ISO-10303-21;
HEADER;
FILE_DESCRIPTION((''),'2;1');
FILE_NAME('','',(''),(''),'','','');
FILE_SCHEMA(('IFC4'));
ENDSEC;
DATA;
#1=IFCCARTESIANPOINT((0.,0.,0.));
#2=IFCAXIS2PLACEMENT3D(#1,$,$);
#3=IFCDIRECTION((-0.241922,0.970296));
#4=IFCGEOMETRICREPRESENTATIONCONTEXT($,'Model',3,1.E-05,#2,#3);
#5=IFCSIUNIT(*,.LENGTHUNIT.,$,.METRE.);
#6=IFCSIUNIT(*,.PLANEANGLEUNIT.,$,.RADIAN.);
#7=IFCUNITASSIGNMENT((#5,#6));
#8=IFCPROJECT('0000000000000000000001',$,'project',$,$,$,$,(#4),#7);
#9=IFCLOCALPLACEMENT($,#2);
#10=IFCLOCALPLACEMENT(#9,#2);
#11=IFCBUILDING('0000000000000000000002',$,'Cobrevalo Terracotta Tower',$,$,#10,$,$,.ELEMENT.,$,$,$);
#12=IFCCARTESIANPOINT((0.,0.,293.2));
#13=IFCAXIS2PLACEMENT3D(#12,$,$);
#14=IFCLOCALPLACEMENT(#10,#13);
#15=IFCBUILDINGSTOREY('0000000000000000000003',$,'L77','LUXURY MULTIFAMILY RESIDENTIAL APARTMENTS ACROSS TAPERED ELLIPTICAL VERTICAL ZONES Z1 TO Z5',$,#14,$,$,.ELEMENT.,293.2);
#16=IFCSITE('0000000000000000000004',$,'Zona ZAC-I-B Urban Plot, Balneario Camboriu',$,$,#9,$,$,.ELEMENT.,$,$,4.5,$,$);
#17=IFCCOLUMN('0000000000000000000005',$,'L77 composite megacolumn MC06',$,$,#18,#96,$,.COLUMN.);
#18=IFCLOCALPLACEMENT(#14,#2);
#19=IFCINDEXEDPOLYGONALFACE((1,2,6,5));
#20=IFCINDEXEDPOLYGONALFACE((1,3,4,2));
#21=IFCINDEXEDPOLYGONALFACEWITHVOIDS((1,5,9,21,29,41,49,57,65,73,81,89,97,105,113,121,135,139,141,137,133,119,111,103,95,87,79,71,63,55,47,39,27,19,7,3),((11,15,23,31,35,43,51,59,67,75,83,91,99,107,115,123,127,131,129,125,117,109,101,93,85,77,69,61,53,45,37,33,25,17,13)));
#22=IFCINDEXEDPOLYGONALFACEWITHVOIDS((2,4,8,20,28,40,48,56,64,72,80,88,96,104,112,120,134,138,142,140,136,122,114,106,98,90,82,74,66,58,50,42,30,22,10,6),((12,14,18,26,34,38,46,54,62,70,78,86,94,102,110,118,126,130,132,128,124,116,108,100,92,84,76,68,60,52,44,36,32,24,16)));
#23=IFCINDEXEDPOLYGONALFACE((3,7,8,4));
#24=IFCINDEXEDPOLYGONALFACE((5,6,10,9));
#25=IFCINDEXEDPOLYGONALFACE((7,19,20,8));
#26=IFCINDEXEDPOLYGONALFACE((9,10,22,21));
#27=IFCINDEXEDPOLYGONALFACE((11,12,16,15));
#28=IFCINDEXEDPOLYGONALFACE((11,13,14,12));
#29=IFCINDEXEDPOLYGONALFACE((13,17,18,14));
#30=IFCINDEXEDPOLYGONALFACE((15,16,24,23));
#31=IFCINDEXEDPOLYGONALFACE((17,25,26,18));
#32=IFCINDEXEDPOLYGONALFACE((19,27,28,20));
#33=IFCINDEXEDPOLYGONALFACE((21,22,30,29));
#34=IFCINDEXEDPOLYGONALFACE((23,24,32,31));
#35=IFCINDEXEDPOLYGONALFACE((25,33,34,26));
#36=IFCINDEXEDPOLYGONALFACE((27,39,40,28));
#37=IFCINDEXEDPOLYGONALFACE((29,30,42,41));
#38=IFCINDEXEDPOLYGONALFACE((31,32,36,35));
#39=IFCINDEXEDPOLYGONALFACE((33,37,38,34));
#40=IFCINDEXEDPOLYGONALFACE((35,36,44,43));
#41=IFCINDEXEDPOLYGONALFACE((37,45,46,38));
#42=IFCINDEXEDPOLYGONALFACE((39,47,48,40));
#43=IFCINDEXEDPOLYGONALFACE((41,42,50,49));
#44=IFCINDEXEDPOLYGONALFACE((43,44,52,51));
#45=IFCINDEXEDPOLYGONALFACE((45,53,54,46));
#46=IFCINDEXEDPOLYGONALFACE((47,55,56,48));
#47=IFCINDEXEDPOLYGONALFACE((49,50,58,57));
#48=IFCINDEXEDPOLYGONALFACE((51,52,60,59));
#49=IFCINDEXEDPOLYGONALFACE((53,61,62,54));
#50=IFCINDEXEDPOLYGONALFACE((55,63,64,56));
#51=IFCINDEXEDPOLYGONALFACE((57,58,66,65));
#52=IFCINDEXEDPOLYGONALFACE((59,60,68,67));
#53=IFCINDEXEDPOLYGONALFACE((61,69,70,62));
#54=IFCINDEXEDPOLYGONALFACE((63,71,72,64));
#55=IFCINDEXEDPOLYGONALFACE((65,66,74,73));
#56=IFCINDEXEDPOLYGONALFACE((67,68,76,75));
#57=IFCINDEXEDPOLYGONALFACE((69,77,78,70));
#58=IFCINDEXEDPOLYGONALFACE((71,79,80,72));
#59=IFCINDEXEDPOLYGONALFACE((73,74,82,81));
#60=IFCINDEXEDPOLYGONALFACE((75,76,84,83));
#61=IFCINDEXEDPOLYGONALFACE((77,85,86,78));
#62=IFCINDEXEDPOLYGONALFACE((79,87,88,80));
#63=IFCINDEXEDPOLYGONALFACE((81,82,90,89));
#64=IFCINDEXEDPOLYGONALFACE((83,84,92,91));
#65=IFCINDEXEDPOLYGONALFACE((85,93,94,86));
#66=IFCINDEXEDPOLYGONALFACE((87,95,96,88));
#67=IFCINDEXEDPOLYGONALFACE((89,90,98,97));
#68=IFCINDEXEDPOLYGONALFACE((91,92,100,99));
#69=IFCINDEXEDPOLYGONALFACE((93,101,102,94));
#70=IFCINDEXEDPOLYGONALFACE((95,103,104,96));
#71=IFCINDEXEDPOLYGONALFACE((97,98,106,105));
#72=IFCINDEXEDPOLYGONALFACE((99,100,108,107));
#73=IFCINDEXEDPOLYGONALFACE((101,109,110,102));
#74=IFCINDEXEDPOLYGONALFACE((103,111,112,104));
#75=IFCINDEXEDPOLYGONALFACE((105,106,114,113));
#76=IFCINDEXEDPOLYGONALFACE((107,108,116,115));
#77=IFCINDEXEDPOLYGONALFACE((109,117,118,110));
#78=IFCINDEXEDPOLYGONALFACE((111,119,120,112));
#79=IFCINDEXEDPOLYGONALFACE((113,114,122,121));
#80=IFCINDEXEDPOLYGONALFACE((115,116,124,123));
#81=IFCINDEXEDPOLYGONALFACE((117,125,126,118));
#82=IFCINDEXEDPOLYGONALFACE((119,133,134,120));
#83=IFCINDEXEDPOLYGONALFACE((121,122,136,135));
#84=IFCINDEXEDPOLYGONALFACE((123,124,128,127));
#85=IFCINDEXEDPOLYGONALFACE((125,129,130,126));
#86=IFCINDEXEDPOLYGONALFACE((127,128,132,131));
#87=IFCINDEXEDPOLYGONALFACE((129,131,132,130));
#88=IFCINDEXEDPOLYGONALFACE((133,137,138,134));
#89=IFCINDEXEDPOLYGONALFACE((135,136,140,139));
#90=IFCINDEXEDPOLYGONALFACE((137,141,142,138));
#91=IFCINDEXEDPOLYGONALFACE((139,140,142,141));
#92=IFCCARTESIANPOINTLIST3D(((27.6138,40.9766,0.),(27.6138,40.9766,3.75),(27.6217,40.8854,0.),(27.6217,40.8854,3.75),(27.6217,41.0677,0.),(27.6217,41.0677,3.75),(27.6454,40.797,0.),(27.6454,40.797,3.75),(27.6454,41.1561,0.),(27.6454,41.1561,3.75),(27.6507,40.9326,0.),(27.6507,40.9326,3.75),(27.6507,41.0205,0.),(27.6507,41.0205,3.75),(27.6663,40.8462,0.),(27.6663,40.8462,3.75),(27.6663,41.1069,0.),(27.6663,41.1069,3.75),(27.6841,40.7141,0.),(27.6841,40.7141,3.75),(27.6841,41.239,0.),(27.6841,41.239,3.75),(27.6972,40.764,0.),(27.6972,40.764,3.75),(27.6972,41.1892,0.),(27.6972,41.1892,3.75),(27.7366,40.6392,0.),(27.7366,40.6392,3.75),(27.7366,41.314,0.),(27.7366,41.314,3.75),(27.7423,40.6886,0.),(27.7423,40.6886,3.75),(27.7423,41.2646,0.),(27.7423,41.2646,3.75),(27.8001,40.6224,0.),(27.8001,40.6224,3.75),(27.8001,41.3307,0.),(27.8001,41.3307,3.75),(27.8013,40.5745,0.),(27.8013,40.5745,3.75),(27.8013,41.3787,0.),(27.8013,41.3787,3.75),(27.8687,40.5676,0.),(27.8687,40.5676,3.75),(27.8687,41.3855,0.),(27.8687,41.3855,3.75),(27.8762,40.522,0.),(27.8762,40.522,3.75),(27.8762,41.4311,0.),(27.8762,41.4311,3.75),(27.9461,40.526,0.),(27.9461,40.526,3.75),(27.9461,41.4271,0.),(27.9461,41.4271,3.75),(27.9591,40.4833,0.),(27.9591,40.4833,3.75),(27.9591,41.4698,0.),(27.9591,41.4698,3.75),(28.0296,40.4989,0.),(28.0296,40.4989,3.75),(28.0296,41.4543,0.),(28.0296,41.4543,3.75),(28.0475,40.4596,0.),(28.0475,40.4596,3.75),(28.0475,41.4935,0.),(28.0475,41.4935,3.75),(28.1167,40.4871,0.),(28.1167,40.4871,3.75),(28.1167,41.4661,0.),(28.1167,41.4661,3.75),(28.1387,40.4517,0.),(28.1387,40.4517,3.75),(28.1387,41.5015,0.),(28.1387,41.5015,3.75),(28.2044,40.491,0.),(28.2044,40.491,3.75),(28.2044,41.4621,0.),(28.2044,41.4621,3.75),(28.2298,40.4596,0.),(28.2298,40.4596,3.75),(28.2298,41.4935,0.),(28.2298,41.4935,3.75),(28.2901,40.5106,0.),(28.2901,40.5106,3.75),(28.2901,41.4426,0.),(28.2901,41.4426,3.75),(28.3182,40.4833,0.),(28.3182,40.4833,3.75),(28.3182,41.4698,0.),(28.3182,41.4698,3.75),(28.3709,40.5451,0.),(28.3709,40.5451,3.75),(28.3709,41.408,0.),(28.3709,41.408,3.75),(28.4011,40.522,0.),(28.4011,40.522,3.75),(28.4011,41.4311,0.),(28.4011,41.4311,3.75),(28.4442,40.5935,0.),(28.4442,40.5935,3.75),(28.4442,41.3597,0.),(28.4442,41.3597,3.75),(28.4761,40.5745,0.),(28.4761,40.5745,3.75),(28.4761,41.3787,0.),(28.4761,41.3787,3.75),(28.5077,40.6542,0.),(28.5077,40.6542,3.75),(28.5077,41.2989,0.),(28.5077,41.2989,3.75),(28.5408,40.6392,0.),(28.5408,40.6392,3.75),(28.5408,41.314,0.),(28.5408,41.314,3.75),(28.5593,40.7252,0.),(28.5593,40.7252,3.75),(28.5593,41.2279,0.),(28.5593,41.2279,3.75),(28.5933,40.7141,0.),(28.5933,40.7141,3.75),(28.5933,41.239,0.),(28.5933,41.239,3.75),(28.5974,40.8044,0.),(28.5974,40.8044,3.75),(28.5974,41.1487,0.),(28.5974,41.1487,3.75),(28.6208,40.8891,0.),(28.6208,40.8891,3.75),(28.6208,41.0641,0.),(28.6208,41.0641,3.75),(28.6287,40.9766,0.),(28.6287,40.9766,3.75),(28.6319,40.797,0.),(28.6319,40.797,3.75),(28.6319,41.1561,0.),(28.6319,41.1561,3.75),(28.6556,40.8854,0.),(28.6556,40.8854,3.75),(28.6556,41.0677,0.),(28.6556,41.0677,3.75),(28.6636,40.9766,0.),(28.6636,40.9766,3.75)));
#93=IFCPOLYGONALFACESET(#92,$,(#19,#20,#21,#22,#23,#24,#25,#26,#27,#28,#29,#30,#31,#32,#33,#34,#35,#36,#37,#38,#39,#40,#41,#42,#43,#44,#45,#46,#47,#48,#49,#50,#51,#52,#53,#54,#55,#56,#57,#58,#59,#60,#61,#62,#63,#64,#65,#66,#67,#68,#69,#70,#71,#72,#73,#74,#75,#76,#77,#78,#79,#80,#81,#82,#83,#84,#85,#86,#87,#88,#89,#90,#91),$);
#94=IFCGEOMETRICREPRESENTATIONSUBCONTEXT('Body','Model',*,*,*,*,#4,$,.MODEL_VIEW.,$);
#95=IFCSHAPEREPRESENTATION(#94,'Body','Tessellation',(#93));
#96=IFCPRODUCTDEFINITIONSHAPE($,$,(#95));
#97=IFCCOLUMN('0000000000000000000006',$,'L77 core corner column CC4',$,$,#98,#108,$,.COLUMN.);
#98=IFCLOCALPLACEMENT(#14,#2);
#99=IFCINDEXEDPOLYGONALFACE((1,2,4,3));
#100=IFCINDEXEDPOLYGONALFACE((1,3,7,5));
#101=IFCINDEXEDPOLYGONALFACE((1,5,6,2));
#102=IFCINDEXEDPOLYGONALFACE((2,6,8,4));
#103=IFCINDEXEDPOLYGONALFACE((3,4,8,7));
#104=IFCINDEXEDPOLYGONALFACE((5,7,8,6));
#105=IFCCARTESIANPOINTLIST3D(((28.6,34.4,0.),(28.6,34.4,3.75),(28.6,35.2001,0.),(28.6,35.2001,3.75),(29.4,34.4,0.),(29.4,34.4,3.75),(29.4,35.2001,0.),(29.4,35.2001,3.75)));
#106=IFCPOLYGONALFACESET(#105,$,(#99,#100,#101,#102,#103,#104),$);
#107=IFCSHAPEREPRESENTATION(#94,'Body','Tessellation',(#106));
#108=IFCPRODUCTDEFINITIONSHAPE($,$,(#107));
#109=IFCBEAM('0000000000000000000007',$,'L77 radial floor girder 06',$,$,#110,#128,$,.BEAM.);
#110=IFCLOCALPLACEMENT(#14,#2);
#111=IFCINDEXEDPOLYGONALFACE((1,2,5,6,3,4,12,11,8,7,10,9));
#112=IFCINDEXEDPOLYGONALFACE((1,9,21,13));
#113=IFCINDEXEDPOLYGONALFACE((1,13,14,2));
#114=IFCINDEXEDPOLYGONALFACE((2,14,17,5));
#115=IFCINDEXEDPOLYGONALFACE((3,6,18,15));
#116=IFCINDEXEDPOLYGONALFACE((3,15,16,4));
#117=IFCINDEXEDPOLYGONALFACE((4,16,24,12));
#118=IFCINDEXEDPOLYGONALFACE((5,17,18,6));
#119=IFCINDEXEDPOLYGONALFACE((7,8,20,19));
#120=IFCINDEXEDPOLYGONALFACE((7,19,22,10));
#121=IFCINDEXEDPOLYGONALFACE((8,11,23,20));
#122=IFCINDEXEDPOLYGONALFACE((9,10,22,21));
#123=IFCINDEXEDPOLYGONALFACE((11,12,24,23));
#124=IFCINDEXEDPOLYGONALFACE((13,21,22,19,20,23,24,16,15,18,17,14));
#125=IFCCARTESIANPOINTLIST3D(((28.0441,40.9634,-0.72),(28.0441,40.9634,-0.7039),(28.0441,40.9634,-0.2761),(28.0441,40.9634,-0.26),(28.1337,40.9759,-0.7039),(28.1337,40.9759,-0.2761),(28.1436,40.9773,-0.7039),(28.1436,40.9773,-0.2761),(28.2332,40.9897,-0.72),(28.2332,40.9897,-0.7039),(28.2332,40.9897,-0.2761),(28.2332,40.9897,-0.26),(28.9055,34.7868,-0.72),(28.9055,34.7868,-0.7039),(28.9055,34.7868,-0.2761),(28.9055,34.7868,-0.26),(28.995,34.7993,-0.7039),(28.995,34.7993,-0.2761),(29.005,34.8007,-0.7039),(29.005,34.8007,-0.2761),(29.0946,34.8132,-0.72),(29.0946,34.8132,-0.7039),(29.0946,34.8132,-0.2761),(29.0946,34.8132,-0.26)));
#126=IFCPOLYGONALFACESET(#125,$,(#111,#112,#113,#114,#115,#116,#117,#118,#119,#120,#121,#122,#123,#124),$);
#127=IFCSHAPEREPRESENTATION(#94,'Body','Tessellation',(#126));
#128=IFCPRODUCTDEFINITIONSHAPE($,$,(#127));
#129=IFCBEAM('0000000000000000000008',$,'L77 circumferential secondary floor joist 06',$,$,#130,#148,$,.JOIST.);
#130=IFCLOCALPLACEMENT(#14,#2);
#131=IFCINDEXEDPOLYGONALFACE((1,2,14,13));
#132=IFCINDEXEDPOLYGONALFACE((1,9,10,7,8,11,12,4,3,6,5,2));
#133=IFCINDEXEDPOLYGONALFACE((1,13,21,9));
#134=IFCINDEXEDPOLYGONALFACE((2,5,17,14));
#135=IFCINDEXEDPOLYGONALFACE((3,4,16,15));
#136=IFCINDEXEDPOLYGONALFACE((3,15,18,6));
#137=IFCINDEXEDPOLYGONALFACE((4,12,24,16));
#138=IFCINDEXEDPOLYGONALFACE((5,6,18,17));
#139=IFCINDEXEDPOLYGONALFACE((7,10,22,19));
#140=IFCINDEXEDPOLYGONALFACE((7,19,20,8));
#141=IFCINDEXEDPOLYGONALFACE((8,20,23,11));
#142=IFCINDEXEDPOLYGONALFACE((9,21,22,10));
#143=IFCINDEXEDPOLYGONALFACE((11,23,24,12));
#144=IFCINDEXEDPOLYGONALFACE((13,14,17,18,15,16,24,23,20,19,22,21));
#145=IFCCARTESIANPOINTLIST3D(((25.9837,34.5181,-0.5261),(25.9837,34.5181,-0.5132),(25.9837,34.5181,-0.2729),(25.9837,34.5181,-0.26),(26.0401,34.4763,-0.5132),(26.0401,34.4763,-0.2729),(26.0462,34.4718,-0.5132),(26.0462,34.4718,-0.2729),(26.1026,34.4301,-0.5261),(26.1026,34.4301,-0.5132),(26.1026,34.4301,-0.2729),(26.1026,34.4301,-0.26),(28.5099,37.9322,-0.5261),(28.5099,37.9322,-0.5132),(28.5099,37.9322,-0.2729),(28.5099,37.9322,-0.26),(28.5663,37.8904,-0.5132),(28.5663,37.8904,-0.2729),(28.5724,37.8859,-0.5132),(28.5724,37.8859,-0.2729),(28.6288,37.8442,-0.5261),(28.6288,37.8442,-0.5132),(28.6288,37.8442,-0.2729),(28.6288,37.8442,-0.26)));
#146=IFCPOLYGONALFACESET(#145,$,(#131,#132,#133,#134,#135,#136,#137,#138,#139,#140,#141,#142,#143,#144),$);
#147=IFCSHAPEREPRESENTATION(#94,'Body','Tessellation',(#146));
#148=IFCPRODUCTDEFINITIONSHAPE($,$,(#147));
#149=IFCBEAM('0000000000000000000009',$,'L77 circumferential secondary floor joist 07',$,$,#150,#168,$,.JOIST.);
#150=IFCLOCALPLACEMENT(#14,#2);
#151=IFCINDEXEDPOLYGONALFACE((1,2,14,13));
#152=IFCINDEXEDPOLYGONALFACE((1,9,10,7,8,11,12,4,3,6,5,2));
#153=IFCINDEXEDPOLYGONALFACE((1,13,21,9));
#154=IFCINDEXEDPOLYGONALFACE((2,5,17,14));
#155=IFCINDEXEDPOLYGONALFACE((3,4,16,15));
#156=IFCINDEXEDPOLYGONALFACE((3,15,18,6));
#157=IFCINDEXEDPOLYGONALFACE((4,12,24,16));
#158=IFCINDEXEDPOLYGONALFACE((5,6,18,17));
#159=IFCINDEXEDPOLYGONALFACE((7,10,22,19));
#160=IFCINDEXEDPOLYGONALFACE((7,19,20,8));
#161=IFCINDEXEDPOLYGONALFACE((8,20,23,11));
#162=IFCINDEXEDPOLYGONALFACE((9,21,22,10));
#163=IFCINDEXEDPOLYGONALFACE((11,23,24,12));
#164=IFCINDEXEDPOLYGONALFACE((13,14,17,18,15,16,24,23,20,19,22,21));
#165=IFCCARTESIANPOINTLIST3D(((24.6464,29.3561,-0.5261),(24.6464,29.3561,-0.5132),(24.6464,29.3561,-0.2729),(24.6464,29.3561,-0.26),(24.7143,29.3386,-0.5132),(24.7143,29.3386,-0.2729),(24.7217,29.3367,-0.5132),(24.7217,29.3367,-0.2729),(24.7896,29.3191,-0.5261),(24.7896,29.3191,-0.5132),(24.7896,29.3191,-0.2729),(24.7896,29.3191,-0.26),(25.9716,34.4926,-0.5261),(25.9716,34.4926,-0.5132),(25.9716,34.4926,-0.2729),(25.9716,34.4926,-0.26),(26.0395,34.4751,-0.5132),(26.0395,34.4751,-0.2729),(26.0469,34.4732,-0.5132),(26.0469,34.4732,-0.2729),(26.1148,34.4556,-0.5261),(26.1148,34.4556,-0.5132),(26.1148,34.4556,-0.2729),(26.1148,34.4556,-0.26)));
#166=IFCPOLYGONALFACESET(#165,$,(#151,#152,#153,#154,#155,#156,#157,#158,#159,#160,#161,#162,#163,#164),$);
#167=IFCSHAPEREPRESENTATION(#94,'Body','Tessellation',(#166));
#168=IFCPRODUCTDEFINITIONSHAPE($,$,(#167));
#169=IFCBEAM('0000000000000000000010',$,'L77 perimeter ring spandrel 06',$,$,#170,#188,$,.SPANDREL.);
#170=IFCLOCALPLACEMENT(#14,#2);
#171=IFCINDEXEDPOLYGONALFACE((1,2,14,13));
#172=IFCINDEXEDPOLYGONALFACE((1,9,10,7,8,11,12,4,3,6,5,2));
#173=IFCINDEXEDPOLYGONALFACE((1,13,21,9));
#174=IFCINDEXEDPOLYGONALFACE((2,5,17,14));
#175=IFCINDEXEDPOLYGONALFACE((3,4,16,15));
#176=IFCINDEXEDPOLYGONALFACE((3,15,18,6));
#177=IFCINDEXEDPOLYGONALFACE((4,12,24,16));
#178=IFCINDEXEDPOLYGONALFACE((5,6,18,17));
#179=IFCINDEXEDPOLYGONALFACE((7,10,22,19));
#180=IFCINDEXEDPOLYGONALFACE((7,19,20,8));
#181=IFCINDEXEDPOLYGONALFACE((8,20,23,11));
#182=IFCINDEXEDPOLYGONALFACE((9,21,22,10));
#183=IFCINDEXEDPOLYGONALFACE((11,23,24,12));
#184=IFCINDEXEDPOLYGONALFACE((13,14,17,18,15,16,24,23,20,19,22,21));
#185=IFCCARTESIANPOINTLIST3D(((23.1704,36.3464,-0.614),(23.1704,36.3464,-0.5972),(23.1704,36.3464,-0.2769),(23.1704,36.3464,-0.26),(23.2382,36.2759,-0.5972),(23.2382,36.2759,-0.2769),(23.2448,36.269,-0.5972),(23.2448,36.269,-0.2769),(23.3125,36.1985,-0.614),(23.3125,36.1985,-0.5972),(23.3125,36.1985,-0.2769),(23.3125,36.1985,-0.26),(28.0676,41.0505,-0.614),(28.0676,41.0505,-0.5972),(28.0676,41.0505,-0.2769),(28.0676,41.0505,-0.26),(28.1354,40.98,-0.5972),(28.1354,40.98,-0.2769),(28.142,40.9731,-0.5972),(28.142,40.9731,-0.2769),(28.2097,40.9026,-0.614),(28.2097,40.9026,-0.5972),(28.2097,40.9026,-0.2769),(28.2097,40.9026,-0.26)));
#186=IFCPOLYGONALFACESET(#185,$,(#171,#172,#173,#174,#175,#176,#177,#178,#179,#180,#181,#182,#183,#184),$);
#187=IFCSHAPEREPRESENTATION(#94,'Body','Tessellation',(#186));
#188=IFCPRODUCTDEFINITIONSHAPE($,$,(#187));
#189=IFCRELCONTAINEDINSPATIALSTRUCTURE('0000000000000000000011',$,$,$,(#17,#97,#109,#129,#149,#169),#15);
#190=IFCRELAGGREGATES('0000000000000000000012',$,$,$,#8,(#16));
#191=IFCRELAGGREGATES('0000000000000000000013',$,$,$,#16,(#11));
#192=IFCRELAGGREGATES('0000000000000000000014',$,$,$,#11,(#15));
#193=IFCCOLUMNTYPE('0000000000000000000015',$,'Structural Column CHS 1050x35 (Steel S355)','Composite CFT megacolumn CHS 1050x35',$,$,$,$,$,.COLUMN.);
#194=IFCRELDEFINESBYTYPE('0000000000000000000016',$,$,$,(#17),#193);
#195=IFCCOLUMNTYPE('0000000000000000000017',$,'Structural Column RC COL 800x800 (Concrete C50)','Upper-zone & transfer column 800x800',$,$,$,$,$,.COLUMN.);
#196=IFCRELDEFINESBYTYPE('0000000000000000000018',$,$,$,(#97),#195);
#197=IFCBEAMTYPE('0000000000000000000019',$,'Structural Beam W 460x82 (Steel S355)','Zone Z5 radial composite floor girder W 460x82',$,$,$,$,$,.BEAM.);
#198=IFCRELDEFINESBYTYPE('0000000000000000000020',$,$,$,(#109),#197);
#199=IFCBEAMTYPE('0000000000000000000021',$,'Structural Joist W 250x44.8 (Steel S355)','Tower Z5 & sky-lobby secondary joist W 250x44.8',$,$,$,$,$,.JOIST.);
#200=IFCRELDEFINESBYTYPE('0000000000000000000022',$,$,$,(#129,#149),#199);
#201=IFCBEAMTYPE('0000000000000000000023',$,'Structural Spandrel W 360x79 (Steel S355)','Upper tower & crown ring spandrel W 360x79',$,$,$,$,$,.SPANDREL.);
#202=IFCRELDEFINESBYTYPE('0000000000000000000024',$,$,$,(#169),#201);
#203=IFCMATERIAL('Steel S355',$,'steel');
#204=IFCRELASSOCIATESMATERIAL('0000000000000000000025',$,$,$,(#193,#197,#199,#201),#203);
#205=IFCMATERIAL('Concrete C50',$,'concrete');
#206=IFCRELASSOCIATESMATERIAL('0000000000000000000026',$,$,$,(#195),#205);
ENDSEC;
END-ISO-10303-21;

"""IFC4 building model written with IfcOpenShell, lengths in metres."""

from ifc_helpers import new_model, si_unit, direction, frame, origin, origin_2d, place, context, subcontext, project, spatial, rectangle, hollow_circle, i_section, extrude, material, material_profile, profile_set, type_object, element, save


model = new_model("IFC4")

# Units and contexts
model_context = context("Model", 3, precision=1e-05, world=origin(), true_north=direction((-0.241922, 0.970296)))
body_context = subcontext(model_context, "Body", "Model", "MODEL_VIEW")
ifc_project = project(units=[si_unit("LENGTHUNIT", "METRE"), si_unit("PLANEANGLEUNIT", "RADIAN")], contexts=[model_context])

# Site, building, storey
site_placement = place(None, origin())
site = spatial("IfcSite", under=ifc_project, at=site_placement, Name="Zona ZAC-I-B Urban Plot, Balneario Camboriu", CompositionType="ELEMENT", RefElevation=4.5)
building_placement = place(site_placement, origin())
building = spatial("IfcBuilding", under=site, at=building_placement, Name="Cobrevalo Terracotta Tower", CompositionType="ELEMENT")
storey_placement = place(building_placement, frame((0.0, 0.0, 293.2)))
storey = spatial("IfcBuildingStorey", under=building, at=storey_placement, Name="L77", Description="LUXURY MULTIFAMILY RESIDENTIAL APARTMENTS ACROSS TAPERED ELLIPTICAL VERTICAL ZONES Z1 TO Z5", CompositionType="ELEMENT", Elevation=293.2)

# Columns
ifc_material_1 = material(Name="Steel S355", Category="steel")
ifc_material_profile_1 = material_profile(ifc_material_1, hollow_circle(Radius=0.5249, WallThickness=0.0349, at=origin_2d()), Name="CHS 1050x35")
ifc_profile_set_1 = profile_set([ifc_material_profile_1], Name="Steel S355")
column_type_1 = type_object("IfcColumnType", Name="Structural Column CHS 1050x35 (Steel S355)", Description="Composite CFT megacolumn CHS 1050x35", PredefinedType="COLUMN", material=ifc_profile_set_1)
column_1_placement = place(storey_placement, frame((28.1387, 40.9766, 0.0), z_axis=(0.0, 0.0, 1.0), x_axis=(1.0, 0.0, 0.0)))
element("IfcColumn", 1, at=column_1_placement, inside=storey, type_object=column_type_1, Name="L77 composite megacolumn MC06", PredefinedType="COLUMN", context=body_context, shape_type="SweptSolid", body=[
    extrude(hollow_circle(Radius=0.5249, WallThickness=0.0349, at=origin_2d()), origin(), (0.0, 0.0, 1.0), 3.75),
])
ifc_material_2 = material(Name="Concrete C50", Category="concrete")
ifc_material_profile_2 = material_profile(ifc_material_2, rectangle(XDim=0.8, YDim=0.8, at=origin_2d()), Name="RC COL 800x800")
ifc_profile_set_2 = profile_set([ifc_material_profile_2], Name="Concrete C50")
column_type_2 = type_object("IfcColumnType", Name="Structural Column RC COL 800x800 (Concrete C50)", Description="Upper-zone & transfer column 800x800", PredefinedType="COLUMN", material=ifc_profile_set_2)
column_2_placement = place(storey_placement, frame((29.0, 34.8, 0.0), z_axis=(0.0, 0.0, 1.0), x_axis=(1.0, 0.0, 0.0)))
element("IfcColumn", 2, at=column_2_placement, inside=storey, type_object=column_type_2, Name="L77 core corner column CC4", PredefinedType="COLUMN", context=body_context, shape_type="SweptSolid", body=[
    extrude(rectangle(XDim=0.8, YDim=0.8, at=origin_2d()), origin(), (0.0, 0.0, 1.0), 3.75),
])

# Beams
ifc_material_profile_3 = material_profile(ifc_material_1, i_section(OverallWidth=0.1909, OverallDepth=0.46, WebThickness=0.01, FlangeThickness=0.0161, at=origin_2d()), Name="W 460x82")
ifc_profile_set_3 = profile_set([ifc_material_profile_3], Name="Steel S355")
beam_type_1 = type_object("IfcBeamType", Name="Structural Beam W 460x82 (Steel S355)", Description="Zone Z5 radial composite floor girder W 460x82", PredefinedType="BEAM", material=ifc_profile_set_3)
beam_1_placement = place(storey_placement, frame((28.1387, 40.9766, -0.49), z_axis=(0.138116, -0.990416, 0.0), x_axis=(0.990416, 0.138116, 0.0)))
element("IfcBeam", 3, at=beam_1_placement, inside=storey, type_object=beam_type_1, Name="L77 radial floor girder 06", PredefinedType="BEAM", context=body_context, shape_type="SweptSolid", body=[
    extrude(i_section(OverallWidth=0.1909, OverallDepth=0.46, WebThickness=0.01, FlangeThickness=0.0161, at=origin_2d()), origin(), (0.0, 0.0, 1.0), 6.2363),
])
ifc_material_profile_4 = material_profile(ifc_material_1, i_section(OverallWidth=0.1479, OverallDepth=0.2661, WebThickness=0.0076, FlangeThickness=0.0129, at=origin_2d()), Name="W 250x44.8")
ifc_profile_set_4 = profile_set([ifc_material_profile_4], Name="Steel S355")
beam_type_2 = type_object("IfcBeamType", Name="Structural Joist W 250x44.8 (Steel S355)", Description="Tower Z5 & sky-lobby secondary joist W 250x44.8", PredefinedType="JOIST", material=ifc_profile_set_4)
beam_2_placement = place(storey_placement, frame((28.5693, 37.8882, -0.3931), z_axis=(-0.5948, -0.803874, 0.0), x_axis=(0.803874, -0.5948, 0.0)))
element("IfcBeam", 4, at=beam_2_placement, inside=storey, type_object=beam_type_2, Name="L77 circumferential secondary floor joist 06", PredefinedType="JOIST", context=body_context, shape_type="SweptSolid", body=[
    extrude(i_section(OverallWidth=0.1479, OverallDepth=0.2661, WebThickness=0.0076, FlangeThickness=0.0129, at=origin_2d()), origin(), (0.0, 0.0, 1.0), 4.2471),
])
beam_3_placement = place(storey_placement, frame((26.0432, 34.4741, -0.3931), z_axis=(-0.249817, -0.968293, 0.0), x_axis=(0.968293, -0.249817, 0.0)))
element("IfcBeam", 5, at=beam_3_placement, inside=storey, type_object=beam_type_2, Name="L77 circumferential secondary floor joist 07", PredefinedType="JOIST", context=body_context, shape_type="SweptSolid", body=[
    extrude(i_section(OverallWidth=0.1479, OverallDepth=0.2661, WebThickness=0.0076, FlangeThickness=0.0129, at=origin_2d()), origin(), (0.0, 0.0, 1.0), 5.3047),
])
ifc_material_profile_5 = material_profile(ifc_material_1, i_section(OverallWidth=0.2051, OverallDepth=0.354, WebThickness=0.0095, FlangeThickness=0.0168, at=origin_2d()), Name="W 360x79")
ifc_profile_set_5 = profile_set([ifc_material_profile_5], Name="Steel S355")
beam_type_3 = type_object("IfcBeamType", Name="Structural Spandrel W 360x79 (Steel S355)", Description="Upper tower & crown ring spandrel W 360x79", PredefinedType="SPANDREL", material=ifc_profile_set_5)
beam_4_placement = place(storey_placement, frame((28.1387, 40.9766, -0.437), z_axis=(-0.721183, -0.692744, 0.0), x_axis=(0.692744, -0.721183, 0.0)))
element("IfcBeam", 6, at=beam_4_placement, inside=storey, type_object=beam_type_3, Name="L77 perimeter ring spandrel 06", PredefinedType="SPANDREL", context=body_context, shape_type="SweptSolid", body=[
    extrude(i_section(OverallWidth=0.2051, OverallDepth=0.354, WebThickness=0.0095, FlangeThickness=0.0168, at=origin_2d()), origin(), (0.0, 0.0, 1.0), 6.7905),
])

save(model, "model.ifc")
